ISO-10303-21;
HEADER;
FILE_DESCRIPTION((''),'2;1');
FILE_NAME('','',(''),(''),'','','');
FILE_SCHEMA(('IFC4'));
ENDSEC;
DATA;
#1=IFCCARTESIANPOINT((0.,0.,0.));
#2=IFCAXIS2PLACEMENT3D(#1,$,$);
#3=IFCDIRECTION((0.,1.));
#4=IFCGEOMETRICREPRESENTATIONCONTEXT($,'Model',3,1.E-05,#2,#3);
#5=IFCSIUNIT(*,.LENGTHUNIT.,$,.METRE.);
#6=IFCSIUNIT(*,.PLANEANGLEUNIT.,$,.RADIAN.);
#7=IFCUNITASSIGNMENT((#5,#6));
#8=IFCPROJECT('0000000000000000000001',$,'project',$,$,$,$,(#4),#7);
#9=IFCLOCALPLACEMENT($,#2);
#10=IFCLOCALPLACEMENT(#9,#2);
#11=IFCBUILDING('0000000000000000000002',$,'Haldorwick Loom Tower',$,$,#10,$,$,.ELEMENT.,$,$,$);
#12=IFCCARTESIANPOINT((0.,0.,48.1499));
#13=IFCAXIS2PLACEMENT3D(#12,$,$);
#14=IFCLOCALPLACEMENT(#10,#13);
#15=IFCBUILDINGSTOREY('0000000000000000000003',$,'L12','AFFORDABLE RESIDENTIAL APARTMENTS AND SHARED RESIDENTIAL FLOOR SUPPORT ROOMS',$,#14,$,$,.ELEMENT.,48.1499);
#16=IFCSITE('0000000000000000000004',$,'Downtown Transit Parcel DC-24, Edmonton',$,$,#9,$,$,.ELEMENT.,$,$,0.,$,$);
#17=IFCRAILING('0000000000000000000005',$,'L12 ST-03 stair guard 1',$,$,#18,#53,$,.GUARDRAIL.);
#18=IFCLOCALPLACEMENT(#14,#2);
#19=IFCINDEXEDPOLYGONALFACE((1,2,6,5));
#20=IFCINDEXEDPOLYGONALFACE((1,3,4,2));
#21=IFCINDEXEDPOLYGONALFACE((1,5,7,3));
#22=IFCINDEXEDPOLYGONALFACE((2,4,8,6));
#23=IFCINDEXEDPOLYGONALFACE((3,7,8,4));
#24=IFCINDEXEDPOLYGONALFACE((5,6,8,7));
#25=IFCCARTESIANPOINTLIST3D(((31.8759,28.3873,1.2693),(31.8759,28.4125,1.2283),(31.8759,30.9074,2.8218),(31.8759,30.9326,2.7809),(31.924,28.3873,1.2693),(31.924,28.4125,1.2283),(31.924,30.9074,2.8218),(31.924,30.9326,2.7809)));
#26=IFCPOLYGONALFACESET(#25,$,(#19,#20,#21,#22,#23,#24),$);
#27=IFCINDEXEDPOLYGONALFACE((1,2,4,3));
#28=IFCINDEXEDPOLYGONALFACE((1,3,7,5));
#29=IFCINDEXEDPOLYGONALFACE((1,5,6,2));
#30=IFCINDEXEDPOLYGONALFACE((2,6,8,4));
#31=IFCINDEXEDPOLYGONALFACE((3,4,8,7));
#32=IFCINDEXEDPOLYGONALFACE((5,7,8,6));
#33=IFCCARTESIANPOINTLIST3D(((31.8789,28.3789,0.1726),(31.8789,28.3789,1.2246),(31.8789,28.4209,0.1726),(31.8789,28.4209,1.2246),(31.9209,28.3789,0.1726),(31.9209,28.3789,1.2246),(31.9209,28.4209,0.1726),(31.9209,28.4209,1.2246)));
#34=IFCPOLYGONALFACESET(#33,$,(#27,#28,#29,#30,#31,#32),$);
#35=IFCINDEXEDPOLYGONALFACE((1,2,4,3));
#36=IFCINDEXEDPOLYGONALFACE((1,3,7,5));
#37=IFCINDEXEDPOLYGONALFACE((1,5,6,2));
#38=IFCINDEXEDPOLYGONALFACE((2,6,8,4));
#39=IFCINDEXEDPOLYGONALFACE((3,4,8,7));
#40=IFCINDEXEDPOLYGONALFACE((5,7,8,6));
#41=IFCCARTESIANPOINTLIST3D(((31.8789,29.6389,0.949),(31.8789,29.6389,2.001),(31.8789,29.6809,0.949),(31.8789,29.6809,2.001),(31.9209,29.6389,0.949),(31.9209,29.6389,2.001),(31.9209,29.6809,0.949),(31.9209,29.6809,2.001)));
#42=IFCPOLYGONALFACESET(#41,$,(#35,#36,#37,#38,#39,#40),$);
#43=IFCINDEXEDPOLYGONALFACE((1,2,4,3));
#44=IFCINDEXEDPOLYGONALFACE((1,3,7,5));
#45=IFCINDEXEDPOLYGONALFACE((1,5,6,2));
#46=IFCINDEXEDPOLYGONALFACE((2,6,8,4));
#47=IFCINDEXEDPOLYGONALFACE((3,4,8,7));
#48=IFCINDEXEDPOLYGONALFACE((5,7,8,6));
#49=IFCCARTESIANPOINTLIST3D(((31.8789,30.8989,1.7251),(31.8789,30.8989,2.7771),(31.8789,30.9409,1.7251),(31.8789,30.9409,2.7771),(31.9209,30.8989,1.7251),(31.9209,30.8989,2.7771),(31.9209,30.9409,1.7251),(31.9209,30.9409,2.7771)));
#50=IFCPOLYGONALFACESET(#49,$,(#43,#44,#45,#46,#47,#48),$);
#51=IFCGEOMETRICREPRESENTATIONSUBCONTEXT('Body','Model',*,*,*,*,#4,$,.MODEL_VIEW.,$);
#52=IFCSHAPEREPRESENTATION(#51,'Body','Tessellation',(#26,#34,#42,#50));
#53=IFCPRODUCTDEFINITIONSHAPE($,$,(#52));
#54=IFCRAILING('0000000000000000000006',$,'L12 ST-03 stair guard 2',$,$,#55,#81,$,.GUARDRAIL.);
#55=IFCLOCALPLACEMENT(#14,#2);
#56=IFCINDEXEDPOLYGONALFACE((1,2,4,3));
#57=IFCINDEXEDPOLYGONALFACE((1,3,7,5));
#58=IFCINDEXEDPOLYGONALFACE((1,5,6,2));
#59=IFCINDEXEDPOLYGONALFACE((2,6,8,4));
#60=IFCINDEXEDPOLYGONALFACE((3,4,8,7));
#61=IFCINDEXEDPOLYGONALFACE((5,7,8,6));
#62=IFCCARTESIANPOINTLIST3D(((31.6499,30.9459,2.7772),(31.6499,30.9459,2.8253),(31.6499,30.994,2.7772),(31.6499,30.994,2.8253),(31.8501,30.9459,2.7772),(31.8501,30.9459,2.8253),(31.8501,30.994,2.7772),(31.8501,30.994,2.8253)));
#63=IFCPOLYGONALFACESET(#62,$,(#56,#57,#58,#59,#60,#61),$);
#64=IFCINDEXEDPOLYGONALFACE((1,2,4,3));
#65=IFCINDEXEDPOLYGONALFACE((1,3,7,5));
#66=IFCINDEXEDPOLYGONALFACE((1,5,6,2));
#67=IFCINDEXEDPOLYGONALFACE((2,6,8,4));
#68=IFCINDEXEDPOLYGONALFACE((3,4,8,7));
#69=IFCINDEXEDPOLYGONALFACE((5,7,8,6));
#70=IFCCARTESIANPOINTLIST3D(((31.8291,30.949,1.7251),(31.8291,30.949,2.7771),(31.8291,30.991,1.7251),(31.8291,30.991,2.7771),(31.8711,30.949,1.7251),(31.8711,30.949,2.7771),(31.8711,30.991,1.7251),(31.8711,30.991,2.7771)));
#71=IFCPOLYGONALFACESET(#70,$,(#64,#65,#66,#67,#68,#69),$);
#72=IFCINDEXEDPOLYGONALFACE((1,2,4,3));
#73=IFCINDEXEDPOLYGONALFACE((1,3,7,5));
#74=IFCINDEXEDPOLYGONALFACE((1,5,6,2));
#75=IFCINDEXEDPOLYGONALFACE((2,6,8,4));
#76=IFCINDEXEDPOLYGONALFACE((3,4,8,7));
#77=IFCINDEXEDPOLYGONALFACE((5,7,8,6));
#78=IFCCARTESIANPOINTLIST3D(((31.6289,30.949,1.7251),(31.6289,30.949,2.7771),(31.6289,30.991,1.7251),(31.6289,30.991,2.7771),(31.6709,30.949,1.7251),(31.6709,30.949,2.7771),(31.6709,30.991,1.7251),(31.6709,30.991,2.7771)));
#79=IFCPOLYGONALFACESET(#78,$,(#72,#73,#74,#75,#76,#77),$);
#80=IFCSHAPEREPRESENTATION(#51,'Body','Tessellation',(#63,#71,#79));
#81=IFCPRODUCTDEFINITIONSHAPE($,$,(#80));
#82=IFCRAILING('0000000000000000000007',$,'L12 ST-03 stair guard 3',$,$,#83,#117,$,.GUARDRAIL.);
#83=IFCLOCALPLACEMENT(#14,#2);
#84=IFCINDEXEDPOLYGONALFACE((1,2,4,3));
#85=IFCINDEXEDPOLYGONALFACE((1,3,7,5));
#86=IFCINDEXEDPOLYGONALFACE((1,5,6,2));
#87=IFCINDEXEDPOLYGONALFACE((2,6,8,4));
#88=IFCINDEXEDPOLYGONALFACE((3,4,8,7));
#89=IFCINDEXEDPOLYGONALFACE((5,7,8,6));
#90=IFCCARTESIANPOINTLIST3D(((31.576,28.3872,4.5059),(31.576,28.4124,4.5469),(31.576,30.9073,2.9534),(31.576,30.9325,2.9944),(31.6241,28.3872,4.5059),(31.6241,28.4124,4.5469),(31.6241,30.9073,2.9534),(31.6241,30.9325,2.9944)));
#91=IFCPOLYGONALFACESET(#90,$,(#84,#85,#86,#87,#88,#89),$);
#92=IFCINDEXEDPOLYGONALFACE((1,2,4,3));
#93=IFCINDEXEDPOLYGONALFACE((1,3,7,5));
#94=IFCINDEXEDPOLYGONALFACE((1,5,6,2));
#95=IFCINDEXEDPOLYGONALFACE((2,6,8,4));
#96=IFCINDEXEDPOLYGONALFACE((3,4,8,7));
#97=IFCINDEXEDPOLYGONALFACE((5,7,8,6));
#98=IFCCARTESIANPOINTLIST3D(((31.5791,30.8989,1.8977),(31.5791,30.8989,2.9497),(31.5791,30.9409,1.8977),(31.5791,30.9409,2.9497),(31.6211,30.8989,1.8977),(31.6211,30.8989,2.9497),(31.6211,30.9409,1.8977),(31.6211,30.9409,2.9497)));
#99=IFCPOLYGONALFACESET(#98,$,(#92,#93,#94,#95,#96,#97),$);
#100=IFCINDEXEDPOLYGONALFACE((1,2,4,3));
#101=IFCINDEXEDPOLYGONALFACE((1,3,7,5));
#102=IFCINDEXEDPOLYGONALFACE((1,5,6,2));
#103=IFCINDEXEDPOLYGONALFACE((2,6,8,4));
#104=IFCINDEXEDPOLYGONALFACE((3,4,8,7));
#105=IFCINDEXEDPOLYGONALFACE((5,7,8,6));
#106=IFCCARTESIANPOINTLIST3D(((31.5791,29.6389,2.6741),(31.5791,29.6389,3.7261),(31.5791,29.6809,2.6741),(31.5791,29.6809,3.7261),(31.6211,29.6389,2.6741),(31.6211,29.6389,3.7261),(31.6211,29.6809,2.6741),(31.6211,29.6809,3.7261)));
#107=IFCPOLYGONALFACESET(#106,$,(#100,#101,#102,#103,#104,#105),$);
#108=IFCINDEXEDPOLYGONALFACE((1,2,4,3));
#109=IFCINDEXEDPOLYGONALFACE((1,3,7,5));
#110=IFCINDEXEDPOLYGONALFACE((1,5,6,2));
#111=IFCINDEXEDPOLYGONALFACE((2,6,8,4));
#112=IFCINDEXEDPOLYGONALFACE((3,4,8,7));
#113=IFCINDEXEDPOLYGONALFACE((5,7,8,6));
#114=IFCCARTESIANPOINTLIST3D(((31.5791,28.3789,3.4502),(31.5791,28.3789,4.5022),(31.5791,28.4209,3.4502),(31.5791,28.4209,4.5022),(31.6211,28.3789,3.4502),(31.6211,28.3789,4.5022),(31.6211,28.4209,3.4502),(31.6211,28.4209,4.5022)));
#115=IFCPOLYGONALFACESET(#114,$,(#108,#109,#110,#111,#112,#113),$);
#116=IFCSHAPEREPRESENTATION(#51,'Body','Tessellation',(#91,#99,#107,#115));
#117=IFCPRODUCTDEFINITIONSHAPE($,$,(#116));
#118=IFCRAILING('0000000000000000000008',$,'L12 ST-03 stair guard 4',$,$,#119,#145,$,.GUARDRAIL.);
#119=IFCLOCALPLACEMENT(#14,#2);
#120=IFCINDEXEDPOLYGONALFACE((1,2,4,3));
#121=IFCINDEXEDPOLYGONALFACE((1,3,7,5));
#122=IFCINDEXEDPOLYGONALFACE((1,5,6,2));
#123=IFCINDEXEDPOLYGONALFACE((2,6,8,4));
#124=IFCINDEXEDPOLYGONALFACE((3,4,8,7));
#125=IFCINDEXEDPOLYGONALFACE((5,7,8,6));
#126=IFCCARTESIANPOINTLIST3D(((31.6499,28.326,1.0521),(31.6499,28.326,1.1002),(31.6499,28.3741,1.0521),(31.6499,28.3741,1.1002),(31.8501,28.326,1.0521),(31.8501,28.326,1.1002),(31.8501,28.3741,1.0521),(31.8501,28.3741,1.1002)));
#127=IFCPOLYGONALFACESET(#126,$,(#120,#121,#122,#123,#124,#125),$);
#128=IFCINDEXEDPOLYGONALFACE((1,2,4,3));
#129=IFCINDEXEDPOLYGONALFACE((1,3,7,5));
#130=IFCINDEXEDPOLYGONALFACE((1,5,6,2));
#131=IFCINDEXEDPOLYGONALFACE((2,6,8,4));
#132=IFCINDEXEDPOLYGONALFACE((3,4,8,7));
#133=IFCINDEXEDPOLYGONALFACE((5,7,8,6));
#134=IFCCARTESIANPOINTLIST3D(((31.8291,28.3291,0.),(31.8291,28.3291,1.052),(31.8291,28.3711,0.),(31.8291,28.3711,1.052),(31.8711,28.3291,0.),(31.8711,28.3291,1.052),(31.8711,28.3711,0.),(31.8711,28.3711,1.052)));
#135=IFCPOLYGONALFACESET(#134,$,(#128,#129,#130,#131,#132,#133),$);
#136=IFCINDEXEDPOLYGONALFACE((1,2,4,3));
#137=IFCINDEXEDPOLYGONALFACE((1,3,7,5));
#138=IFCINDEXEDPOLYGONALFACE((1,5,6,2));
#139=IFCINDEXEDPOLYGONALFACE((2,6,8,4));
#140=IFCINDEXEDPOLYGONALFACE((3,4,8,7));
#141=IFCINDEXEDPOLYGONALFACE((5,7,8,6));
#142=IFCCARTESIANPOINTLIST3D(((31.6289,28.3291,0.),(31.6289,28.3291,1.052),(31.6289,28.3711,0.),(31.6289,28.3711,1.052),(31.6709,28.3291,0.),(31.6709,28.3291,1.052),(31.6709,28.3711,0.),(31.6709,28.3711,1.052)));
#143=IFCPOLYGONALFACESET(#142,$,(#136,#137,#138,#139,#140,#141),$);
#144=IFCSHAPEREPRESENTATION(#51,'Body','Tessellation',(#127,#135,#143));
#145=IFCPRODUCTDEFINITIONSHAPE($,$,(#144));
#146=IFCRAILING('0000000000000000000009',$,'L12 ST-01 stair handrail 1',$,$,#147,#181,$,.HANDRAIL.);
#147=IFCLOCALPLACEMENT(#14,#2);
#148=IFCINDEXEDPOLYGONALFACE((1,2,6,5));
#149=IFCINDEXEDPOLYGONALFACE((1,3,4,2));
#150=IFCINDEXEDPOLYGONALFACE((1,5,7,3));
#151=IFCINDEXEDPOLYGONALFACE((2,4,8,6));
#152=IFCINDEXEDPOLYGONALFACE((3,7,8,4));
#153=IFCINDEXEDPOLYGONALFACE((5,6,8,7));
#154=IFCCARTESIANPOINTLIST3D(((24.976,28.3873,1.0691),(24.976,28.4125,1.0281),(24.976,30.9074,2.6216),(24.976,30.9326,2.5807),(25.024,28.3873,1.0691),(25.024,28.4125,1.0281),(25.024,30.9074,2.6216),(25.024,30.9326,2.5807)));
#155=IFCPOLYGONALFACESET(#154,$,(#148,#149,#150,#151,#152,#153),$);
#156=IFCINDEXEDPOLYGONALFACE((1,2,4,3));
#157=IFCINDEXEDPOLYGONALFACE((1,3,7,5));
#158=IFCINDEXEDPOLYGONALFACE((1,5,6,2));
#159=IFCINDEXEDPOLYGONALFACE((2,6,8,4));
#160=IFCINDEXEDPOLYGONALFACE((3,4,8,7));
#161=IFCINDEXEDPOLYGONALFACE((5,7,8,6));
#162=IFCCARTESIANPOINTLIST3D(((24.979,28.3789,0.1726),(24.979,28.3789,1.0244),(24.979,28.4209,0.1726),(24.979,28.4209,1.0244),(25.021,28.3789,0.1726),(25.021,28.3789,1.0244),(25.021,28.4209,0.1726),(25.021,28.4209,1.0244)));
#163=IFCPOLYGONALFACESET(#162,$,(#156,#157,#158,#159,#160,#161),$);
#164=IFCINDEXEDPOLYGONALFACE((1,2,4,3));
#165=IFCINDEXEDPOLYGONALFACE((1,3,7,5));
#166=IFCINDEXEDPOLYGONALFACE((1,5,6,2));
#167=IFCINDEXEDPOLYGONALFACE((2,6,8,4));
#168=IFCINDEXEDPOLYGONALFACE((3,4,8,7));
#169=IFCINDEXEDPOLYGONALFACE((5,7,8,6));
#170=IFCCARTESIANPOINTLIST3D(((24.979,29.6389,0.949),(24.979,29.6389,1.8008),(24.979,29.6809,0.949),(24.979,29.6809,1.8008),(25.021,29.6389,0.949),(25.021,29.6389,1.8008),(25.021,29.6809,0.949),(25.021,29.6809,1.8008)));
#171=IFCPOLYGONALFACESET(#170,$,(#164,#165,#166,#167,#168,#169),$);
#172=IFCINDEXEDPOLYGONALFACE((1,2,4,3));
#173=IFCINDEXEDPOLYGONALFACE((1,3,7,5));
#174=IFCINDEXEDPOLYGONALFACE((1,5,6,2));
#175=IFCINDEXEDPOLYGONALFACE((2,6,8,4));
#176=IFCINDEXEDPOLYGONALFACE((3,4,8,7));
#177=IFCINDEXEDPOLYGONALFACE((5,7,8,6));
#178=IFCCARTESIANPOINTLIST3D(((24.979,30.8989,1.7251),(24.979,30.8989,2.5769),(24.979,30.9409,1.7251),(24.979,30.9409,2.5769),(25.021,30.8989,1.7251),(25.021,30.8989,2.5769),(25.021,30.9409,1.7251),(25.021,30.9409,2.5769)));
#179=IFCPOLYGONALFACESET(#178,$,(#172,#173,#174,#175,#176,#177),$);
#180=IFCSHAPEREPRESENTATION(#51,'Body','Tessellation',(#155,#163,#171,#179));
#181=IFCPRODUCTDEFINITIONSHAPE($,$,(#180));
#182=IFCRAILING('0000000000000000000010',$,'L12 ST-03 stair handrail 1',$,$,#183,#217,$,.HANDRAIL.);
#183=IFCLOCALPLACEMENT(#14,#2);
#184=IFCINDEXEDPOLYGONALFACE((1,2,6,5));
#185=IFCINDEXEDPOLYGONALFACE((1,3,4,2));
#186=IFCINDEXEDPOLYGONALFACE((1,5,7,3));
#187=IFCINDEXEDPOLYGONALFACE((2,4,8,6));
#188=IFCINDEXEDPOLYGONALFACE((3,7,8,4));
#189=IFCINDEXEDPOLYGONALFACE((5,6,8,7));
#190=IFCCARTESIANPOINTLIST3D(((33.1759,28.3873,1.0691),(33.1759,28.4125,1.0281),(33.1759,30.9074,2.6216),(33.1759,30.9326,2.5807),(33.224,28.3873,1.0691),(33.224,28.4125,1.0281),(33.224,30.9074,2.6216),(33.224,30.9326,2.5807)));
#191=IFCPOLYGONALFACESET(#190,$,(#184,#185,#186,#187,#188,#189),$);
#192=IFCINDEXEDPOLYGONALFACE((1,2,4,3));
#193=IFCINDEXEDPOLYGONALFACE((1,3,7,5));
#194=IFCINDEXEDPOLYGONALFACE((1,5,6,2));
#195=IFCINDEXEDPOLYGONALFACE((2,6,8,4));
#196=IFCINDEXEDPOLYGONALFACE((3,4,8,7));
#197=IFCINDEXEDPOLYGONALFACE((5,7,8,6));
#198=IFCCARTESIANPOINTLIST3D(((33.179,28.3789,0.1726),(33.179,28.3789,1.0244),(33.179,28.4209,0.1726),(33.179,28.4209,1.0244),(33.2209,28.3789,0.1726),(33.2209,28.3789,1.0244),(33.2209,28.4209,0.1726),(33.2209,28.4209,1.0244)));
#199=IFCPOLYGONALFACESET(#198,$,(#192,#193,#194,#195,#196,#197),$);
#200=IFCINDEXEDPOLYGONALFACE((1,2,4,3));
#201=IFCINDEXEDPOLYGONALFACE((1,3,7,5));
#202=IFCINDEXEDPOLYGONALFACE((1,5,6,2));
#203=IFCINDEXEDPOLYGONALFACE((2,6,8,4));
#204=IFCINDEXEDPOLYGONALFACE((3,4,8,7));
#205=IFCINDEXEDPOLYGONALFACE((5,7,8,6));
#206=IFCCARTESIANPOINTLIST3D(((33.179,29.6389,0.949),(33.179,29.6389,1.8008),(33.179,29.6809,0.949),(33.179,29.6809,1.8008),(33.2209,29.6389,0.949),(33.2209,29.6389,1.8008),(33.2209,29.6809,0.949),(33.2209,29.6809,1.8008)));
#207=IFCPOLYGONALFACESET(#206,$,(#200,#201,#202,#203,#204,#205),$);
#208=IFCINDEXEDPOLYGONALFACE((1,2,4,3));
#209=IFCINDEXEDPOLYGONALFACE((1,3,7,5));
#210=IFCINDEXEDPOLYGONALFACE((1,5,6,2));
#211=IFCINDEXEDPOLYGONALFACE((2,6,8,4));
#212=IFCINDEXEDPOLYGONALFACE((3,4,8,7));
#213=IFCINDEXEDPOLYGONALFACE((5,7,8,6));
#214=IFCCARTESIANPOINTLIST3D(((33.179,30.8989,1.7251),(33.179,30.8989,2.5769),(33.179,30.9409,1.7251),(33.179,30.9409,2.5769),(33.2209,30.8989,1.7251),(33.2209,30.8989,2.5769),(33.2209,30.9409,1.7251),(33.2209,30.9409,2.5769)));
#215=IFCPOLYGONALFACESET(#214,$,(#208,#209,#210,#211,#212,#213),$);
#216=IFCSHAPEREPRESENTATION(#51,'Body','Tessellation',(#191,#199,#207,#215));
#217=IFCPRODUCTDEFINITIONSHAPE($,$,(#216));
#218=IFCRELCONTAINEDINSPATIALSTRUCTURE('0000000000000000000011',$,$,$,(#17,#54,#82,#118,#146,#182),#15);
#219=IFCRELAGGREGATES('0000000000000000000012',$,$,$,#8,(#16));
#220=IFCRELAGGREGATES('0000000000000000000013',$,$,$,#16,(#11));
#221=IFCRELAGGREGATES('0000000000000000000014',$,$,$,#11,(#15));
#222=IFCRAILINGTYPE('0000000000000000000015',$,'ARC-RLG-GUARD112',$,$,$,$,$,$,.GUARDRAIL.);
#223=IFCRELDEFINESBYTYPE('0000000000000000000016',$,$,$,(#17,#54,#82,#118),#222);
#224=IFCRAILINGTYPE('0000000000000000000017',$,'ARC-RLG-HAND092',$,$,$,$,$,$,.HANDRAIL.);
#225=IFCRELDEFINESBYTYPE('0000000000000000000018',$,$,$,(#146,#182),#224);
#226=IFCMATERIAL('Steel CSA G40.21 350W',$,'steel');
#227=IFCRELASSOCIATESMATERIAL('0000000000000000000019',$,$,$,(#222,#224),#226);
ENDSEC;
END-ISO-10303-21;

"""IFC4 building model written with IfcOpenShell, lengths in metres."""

from ifc_helpers import new_model, si_unit, direction, frame, origin, origin_2d, place, context, subcontext, project, spatial, rectangle, extrude, material, type_object, element, save


model = new_model("IFC4")

# Units and contexts
model_context = context("Model", 3, precision=1e-05, world=origin(), true_north=direction((0.0, 1.0)))
body_context = subcontext(model_context, "Body", "Model", "MODEL_VIEW")
ifc_project = project(units=[si_unit("LENGTHUNIT", "METRE"), si_unit("PLANEANGLEUNIT", "RADIAN")], contexts=[model_context])

# Site, building, storey
site_placement = place(None, origin())
site = spatial("IfcSite", under=ifc_project, at=site_placement, Name="Downtown Transit Parcel DC-24, Edmonton", CompositionType="ELEMENT", RefElevation=0.0)
building_placement = place(site_placement, origin())
building = spatial("IfcBuilding", under=site, at=building_placement, Name="Haldorwick Loom Tower", CompositionType="ELEMENT")
storey_placement = place(building_placement, frame((0.0, 0.0, 48.1499)))
storey = spatial("IfcBuildingStorey", under=building, at=storey_placement, Name="L12", Description="AFFORDABLE RESIDENTIAL APARTMENTS AND SHARED RESIDENTIAL FLOOR SUPPORT ROOMS", CompositionType="ELEMENT", Elevation=48.1499)

# Shared definitions
ifc_material_1 = material(Name="Steel CSA G40.21 350W", Category="steel")

# Railings
railing_type_1 = type_object("IfcRailingType", Name="ARC-RLG-GUARD112", PredefinedType="GUARDRAIL", material=ifc_material_1)
railing_1_placement = place(storey_placement, frame((31.8999, 28.3999, 0.1726)))
element("IfcRailing", 1, at=railing_1_placement, inside=storey, type_object=railing_type_1, Name="L12 ST-03 stair guard 1", PredefinedType="GUARDRAIL", context=body_context, shape_type="SweptSolid", body=[
    extrude(rectangle(XDim=0.0481, YDim=0.0481, at=origin_2d()), frame((0.0, 0.0, 1.0762), z_axis=(0.0, 0.8514, 0.524516), x_axis=(-1.0, 0.0, 0.0)), (0.0, 0.0, 1.0), 2.96),
    extrude(rectangle(XDim=0.042, YDim=0.042, at=origin_2d()), origin(), (0.0, 0.0, 1.0), 1.052),
    extrude(rectangle(XDim=0.042, YDim=0.042, at=origin_2d()), frame((0.0, 1.26, 0.7764)), (0.0, 0.0, 1.0), 1.052),
    extrude(rectangle(XDim=0.042, YDim=0.042, at=origin_2d()), frame((0.0, 2.52, 1.5525)), (0.0, 0.0, 1.0), 1.052),
])
railing_2_placement = place(storey_placement, frame((31.8501, 30.97, 1.7251)))
element("IfcRailing", 2, at=railing_2_placement, inside=storey, type_object=railing_type_1, Name="L12 ST-03 stair guard 2", PredefinedType="GUARDRAIL", context=body_context, shape_type="SweptSolid", body=[
    extrude(rectangle(XDim=0.0481, YDim=0.0481, at=origin_2d()), frame((0.0, 0.0, 1.0762), z_axis=(-1.0, 0.0, 0.0), x_axis=(0.0, -1.0, 0.0)), (0.0, 0.0, 1.0), 0.2002),
    extrude(rectangle(XDim=0.042, YDim=0.042, at=origin_2d()), origin(), (0.0, 0.0, 1.0), 1.052),
    extrude(rectangle(XDim=0.042, YDim=0.042, at=origin_2d()), frame((-0.2002, 0.0, 0.0)), (0.0, 0.0, 1.0), 1.052),
])
railing_3_placement = place(storey_placement, frame((31.6001, 30.9199, 1.8977)))
element("IfcRailing", 3, at=railing_3_placement, inside=storey, type_object=railing_type_1, Name="L12 ST-03 stair guard 3", PredefinedType="GUARDRAIL", context=body_context, shape_type="SweptSolid", body=[
    extrude(rectangle(XDim=0.0481, YDim=0.0481, at=origin_2d()), frame((0.0, 0.0, 1.0762), z_axis=(0.0, -0.8514, 0.524516), x_axis=(1.0, 0.0, 0.0)), (0.0, 0.0, 1.0), 2.96),
    extrude(rectangle(XDim=0.042, YDim=0.042, at=origin_2d()), origin(), (0.0, 0.0, 1.0), 1.052),
    extrude(rectangle(XDim=0.042, YDim=0.042, at=origin_2d()), frame((0.0, -1.26, 0.7764)), (0.0, 0.0, 1.0), 1.052),
    extrude(rectangle(XDim=0.042, YDim=0.042, at=origin_2d()), frame((0.0, -2.52, 1.5525)), (0.0, 0.0, 1.0), 1.052),
])
railing_4_placement = place(storey_placement, frame((31.8501, 28.3501, 0.0)))
element("IfcRailing", 4, at=railing_4_placement, inside=storey, type_object=railing_type_1, Name="L12 ST-03 stair guard 4", PredefinedType="GUARDRAIL", context=body_context, shape_type="SweptSolid", body=[
    extrude(rectangle(XDim=0.0481, YDim=0.0481, at=origin_2d()), frame((0.0, 0.0, 1.0762), z_axis=(-1.0, 0.0, 0.0), x_axis=(0.0, -1.0, 0.0)), (0.0, 0.0, 1.0), 0.2002),
    extrude(rectangle(XDim=0.042, YDim=0.042, at=origin_2d()), origin(), (0.0, 0.0, 1.0), 1.052),
    extrude(rectangle(XDim=0.042, YDim=0.042, at=origin_2d()), frame((-0.2002, 0.0, 0.0)), (0.0, 0.0, 1.0), 1.052),
])
railing_type_2 = type_object("IfcRailingType", Name="ARC-RLG-HAND092", PredefinedType="HANDRAIL", material=ifc_material_1)
for number, where, name in (
    (5, (25.0, 28.3999, 0.1726), "L12 ST-01 stair handrail 1"),
    (6, (33.2, 28.3999, 0.1726), "L12 ST-03 stair handrail 1"),
):
    element("IfcRailing", number, at=place(storey_placement, frame(where)), inside=storey, type_object=railing_type_2, Name=name, PredefinedType="HANDRAIL", context=body_context, shape_type="SweptSolid", body=[
        extrude(rectangle(XDim=0.0481, YDim=0.0481, at=origin_2d()), frame((0.0, 0.0, 0.876), z_axis=(0.0, 0.8514, 0.524516), x_axis=(-1.0, 0.0, 0.0)), (0.0, 0.0, 1.0), 2.96),
        extrude(rectangle(XDim=0.042, YDim=0.042, at=origin_2d()), origin(), (0.0, 0.0, 1.0), 0.8518),
        extrude(rectangle(XDim=0.042, YDim=0.042, at=origin_2d()), frame((0.0, 1.26, 0.7764)), (0.0, 0.0, 1.0), 0.8518),
        extrude(rectangle(XDim=0.042, YDim=0.042, at=origin_2d()), frame((0.0, 2.52, 1.5525)), (0.0, 0.0, 1.0), 0.8518),
    ])

save(model, "model.ifc")
